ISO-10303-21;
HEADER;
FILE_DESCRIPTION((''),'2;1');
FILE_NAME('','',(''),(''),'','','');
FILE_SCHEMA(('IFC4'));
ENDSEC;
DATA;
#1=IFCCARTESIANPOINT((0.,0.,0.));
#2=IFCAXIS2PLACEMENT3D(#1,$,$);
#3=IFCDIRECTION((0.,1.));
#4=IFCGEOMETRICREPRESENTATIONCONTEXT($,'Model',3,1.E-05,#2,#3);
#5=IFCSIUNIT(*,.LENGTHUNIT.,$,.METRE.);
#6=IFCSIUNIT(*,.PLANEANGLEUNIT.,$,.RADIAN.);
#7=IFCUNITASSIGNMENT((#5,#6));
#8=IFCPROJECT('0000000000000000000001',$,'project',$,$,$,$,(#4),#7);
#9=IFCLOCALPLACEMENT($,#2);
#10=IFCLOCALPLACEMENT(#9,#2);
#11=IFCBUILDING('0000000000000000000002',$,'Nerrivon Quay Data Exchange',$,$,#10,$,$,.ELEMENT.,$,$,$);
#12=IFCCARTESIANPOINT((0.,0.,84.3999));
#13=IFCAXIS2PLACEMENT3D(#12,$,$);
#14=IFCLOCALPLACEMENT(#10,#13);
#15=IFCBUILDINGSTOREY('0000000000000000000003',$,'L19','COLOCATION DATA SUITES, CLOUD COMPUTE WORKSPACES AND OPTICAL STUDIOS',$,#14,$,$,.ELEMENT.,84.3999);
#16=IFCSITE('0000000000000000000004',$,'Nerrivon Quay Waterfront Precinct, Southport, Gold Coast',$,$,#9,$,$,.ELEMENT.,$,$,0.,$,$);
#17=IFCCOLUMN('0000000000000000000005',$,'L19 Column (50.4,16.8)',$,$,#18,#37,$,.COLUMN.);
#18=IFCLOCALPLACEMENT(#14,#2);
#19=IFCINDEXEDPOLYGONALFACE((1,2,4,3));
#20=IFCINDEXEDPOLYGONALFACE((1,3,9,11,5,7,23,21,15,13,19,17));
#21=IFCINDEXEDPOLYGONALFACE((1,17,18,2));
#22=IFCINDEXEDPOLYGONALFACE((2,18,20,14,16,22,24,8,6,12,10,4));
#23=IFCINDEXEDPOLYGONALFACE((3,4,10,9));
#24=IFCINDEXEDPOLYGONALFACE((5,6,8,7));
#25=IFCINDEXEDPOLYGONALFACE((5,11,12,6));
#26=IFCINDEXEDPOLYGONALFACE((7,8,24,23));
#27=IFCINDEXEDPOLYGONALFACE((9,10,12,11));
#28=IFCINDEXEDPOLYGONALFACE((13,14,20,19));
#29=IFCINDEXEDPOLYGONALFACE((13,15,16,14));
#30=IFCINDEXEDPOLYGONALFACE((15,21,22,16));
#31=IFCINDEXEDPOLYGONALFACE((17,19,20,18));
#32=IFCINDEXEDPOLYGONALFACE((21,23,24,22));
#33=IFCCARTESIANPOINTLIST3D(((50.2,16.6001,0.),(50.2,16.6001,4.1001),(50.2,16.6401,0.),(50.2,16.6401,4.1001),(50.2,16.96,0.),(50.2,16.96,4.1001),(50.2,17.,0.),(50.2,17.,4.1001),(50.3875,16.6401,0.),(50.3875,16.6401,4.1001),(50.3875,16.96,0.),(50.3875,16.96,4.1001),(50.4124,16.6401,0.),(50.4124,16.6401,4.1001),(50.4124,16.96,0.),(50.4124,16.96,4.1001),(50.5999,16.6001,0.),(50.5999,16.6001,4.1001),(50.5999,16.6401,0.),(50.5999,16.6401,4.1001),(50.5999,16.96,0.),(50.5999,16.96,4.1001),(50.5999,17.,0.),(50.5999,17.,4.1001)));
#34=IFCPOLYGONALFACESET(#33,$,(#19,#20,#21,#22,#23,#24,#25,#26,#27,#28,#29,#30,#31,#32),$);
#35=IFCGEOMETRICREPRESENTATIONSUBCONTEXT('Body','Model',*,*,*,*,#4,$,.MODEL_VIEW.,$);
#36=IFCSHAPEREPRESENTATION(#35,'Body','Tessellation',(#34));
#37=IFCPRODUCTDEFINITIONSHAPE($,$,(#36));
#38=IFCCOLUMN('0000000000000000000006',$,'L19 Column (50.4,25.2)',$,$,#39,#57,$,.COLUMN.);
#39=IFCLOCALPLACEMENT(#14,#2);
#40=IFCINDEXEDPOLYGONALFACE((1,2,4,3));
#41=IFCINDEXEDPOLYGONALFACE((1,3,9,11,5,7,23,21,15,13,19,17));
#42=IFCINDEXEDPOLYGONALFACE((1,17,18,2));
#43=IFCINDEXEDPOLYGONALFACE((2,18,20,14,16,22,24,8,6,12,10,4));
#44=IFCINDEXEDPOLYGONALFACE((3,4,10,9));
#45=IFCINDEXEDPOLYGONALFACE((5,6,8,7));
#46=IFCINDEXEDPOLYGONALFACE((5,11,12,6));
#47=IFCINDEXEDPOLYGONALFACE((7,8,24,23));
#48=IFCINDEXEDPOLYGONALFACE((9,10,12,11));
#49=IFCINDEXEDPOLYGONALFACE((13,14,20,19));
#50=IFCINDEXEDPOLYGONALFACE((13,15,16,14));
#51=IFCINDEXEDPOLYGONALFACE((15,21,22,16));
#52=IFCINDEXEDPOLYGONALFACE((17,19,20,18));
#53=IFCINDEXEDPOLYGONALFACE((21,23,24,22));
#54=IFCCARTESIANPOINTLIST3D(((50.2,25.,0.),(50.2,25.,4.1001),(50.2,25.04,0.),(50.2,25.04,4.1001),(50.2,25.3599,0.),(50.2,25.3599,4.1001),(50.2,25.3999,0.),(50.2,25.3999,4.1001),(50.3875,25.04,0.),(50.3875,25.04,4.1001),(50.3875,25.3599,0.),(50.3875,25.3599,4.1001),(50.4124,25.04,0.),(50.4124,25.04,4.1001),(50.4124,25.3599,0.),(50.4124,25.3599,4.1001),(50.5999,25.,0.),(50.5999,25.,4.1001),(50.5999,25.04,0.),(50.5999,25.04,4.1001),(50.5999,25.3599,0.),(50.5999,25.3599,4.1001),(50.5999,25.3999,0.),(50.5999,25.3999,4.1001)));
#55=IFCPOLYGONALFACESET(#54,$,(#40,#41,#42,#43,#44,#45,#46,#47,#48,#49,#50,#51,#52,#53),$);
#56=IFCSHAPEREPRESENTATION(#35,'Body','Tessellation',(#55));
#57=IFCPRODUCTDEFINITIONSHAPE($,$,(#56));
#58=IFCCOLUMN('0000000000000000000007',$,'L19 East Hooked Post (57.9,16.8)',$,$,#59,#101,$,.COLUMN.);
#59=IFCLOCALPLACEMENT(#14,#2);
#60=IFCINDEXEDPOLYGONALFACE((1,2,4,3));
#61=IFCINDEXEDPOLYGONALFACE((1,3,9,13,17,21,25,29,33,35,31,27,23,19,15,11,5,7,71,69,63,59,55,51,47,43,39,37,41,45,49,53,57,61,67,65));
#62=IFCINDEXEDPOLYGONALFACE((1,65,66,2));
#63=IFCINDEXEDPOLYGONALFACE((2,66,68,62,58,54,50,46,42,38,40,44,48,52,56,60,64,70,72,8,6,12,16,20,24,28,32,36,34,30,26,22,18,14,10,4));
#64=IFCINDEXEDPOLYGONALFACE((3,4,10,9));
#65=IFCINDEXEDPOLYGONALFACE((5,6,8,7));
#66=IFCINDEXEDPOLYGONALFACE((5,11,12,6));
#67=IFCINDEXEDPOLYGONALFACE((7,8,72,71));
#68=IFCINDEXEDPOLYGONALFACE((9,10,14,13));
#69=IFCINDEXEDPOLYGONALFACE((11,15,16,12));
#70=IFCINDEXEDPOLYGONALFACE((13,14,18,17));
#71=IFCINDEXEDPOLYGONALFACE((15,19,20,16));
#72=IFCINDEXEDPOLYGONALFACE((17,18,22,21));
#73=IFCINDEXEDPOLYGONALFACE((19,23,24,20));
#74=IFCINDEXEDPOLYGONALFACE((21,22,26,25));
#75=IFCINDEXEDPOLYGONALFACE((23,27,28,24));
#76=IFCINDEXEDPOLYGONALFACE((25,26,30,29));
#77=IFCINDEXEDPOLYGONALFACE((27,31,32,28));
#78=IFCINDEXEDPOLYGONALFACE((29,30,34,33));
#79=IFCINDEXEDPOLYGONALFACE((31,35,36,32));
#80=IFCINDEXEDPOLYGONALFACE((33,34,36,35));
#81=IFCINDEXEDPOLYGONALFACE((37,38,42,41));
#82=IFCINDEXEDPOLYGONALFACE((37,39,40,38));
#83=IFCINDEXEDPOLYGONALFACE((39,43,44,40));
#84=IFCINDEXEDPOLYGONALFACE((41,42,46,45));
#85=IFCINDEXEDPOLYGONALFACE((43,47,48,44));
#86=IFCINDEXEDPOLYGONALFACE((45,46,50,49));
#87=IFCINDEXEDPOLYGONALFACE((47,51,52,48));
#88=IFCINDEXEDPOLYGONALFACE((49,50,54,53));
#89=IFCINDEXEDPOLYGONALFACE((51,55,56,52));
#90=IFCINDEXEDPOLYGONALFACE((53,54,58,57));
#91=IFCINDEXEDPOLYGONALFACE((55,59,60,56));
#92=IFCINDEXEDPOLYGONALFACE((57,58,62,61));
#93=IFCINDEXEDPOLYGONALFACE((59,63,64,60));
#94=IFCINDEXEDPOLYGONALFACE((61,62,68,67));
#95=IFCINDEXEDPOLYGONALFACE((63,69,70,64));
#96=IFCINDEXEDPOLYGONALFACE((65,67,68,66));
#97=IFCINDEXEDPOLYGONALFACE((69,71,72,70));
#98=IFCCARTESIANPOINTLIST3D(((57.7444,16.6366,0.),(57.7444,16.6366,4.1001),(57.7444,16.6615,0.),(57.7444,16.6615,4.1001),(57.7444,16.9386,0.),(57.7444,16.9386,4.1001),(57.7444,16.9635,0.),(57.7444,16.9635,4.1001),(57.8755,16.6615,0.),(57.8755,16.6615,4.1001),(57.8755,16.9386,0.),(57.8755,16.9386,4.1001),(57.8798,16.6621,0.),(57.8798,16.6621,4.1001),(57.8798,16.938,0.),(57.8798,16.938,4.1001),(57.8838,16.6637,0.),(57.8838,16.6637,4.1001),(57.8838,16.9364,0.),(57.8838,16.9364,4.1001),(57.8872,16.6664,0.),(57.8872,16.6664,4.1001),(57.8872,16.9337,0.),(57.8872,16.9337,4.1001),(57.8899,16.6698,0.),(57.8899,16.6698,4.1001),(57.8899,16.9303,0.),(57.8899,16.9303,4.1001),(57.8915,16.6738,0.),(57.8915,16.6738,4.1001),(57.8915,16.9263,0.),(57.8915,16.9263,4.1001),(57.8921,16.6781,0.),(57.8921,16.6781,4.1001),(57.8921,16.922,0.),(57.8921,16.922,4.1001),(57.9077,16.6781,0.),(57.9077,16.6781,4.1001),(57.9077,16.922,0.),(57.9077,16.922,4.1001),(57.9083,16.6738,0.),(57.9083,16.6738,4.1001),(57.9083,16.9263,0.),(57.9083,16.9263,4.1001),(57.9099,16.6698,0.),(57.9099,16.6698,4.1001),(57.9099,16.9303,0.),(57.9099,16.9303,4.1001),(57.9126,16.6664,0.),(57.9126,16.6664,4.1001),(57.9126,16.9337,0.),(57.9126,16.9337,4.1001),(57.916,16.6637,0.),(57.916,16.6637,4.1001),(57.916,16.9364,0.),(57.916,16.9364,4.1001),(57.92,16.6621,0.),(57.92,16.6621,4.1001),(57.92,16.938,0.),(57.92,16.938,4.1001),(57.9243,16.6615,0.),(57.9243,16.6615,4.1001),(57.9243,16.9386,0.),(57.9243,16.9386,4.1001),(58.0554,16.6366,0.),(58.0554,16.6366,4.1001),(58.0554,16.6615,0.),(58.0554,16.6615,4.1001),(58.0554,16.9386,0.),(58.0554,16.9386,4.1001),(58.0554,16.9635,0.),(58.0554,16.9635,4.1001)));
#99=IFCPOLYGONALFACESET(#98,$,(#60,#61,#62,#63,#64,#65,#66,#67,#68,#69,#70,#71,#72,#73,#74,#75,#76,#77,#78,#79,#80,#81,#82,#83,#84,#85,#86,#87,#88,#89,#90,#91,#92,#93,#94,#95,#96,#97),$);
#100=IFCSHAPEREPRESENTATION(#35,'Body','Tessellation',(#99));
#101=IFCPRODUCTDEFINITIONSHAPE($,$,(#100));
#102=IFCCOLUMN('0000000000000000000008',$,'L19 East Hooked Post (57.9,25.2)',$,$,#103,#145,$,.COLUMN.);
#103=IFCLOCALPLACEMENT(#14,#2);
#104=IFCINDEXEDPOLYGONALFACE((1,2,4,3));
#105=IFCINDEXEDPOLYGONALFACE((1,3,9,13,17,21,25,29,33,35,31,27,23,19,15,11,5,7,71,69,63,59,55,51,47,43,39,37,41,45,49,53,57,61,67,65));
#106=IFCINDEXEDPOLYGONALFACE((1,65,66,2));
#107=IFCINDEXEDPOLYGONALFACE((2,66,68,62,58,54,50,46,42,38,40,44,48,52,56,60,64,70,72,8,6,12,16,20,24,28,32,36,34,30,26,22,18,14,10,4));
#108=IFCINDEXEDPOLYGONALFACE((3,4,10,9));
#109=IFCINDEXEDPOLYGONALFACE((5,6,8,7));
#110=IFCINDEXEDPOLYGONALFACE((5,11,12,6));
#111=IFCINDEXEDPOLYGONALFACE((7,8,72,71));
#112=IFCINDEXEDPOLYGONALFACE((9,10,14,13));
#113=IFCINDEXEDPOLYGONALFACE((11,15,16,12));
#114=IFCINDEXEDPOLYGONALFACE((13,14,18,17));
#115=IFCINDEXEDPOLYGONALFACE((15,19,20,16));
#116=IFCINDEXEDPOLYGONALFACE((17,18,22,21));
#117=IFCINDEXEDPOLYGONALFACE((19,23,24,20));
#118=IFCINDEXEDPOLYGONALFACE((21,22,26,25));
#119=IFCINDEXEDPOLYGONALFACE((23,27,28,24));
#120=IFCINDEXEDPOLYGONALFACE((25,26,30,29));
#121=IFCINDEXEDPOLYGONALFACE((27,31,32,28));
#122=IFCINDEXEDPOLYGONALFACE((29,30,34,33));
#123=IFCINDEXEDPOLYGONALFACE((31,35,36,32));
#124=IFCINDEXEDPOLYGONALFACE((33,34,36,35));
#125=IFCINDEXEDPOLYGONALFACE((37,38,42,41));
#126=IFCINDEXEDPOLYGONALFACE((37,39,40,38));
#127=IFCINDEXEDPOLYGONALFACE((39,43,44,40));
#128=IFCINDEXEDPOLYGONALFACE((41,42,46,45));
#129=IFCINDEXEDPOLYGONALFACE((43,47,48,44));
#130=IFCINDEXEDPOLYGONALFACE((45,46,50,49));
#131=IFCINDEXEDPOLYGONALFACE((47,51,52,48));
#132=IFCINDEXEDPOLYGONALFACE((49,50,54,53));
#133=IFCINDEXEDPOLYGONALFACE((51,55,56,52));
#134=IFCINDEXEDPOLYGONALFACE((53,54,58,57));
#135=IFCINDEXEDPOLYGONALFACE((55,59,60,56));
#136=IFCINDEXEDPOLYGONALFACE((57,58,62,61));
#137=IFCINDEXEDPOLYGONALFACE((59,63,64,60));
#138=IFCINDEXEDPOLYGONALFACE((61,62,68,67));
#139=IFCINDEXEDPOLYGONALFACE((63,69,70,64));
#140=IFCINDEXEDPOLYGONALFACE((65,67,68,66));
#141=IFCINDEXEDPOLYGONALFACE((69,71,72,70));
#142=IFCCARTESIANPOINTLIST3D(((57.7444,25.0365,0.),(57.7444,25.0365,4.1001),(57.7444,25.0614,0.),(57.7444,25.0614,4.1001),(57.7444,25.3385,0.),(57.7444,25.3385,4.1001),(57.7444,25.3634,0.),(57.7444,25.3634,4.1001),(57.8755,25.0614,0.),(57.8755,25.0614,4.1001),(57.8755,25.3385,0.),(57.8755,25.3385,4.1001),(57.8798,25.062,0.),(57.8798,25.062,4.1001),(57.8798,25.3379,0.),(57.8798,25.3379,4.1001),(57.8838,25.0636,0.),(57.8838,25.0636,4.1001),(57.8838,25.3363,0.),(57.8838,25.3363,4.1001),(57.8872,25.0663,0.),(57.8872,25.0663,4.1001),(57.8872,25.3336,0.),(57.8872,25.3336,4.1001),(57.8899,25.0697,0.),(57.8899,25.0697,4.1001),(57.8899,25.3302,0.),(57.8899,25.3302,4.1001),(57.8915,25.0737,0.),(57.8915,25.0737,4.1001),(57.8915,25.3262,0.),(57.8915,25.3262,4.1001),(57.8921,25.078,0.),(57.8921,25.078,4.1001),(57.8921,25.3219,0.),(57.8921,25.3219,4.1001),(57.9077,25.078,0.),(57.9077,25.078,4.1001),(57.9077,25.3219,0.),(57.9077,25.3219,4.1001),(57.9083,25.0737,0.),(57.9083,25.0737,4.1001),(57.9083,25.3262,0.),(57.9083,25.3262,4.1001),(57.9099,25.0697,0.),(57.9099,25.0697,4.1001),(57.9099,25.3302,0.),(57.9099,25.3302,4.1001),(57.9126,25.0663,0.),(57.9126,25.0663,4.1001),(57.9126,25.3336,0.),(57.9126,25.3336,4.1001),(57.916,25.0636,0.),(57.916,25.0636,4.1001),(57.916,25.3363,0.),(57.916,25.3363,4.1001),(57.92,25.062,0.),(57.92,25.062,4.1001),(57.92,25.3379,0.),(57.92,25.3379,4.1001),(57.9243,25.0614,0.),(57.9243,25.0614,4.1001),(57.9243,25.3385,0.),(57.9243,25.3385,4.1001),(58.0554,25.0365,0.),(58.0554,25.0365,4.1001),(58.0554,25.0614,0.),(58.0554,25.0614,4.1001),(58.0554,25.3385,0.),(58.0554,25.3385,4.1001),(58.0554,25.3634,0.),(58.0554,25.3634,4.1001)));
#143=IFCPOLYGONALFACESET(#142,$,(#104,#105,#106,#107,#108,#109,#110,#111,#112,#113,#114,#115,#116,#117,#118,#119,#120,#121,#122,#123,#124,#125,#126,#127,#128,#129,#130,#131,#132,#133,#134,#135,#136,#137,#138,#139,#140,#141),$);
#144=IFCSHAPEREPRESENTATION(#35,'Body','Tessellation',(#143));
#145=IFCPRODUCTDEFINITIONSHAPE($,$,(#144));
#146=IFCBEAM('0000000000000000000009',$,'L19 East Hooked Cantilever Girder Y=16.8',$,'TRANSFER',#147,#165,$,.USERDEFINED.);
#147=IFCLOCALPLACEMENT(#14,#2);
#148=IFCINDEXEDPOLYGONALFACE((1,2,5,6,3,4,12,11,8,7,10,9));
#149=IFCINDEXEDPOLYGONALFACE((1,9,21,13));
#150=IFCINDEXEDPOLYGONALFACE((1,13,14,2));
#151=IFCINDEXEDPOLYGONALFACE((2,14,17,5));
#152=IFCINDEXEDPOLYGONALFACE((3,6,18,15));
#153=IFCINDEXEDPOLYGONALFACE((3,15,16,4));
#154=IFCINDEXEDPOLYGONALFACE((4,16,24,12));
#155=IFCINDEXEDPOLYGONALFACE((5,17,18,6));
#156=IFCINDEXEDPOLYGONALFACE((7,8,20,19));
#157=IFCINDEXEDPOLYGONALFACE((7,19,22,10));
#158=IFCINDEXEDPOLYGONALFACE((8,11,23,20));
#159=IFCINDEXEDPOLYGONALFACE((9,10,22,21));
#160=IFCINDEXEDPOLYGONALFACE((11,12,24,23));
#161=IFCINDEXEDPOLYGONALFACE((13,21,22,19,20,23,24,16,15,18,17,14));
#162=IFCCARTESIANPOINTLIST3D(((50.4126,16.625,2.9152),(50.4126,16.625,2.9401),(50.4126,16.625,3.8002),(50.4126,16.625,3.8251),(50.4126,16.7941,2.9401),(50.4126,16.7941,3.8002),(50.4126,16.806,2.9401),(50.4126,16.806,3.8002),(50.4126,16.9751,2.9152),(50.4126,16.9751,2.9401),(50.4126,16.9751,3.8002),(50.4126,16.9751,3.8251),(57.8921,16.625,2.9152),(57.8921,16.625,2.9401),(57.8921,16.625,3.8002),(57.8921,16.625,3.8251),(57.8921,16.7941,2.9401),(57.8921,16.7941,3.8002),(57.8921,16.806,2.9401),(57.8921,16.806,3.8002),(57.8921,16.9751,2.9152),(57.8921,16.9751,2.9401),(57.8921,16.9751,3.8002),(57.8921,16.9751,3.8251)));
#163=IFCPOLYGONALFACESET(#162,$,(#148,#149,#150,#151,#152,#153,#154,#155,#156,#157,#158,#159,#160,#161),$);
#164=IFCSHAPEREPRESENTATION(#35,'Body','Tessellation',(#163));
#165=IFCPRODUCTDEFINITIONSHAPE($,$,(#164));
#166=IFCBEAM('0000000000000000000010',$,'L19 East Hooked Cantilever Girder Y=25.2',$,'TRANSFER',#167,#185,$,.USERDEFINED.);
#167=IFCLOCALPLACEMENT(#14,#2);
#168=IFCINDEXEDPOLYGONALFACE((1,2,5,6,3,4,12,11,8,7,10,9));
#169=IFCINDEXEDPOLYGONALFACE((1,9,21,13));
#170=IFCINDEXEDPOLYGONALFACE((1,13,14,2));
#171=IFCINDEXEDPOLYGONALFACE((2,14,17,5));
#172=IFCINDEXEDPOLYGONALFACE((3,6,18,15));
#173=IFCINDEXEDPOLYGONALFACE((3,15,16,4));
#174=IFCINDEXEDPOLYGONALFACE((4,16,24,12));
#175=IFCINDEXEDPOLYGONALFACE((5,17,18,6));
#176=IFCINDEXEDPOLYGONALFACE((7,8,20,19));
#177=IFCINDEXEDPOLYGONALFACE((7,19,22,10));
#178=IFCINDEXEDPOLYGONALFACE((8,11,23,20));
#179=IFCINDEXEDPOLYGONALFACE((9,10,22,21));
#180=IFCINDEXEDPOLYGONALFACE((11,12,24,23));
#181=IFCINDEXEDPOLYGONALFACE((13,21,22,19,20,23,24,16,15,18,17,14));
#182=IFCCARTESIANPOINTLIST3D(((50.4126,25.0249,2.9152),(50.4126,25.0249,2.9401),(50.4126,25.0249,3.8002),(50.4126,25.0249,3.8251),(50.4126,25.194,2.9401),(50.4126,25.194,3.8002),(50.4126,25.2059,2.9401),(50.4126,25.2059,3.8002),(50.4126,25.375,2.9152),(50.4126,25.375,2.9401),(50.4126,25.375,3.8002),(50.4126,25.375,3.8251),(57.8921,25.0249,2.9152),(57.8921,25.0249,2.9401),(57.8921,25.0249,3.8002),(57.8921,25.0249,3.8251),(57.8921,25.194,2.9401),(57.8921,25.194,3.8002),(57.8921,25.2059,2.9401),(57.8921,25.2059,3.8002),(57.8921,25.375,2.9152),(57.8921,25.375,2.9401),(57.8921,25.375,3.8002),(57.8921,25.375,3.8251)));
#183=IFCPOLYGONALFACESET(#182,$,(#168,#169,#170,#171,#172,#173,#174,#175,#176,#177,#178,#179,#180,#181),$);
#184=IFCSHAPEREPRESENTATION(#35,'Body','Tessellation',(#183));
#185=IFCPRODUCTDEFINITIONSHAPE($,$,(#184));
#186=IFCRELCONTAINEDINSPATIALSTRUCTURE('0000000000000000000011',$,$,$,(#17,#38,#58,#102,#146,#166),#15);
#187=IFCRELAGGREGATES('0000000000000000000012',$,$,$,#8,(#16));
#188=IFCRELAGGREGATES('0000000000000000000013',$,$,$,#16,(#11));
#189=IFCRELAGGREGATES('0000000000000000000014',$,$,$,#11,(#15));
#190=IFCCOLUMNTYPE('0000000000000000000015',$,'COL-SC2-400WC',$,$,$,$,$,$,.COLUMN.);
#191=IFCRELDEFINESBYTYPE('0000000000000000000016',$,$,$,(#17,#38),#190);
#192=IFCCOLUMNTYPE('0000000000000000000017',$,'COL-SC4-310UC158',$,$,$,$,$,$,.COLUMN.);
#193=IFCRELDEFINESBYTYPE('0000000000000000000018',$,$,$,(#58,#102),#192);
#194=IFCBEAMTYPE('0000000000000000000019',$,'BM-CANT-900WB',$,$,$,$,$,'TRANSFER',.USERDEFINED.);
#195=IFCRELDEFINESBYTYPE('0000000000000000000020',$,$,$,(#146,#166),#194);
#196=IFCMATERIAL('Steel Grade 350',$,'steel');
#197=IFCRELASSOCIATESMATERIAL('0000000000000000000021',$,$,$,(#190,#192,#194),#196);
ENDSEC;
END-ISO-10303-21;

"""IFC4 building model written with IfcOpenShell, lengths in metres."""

from ifc_helpers import new_model, si_unit, direction, frame, origin, origin_2d, place, context, subcontext, project, spatial, i_section, extrude, material, material_profile, profile_set, type_object, element, save


model = new_model("IFC4")

# Units and contexts
model_context = context("Model", 3, precision=1e-05, world=origin(), true_north=direction((0.0, 1.0)))
body_context = subcontext(model_context, "Body", "Model", "MODEL_VIEW")
ifc_project = project(units=[si_unit("LENGTHUNIT", "METRE"), si_unit("PLANEANGLEUNIT", "RADIAN")], contexts=[model_context])

# Site, building, storey
site_placement = place(None, origin())
site = spatial("IfcSite", under=ifc_project, at=site_placement, Name="Nerrivon Quay Waterfront Precinct, Southport, Gold Coast", CompositionType="ELEMENT", RefElevation=0.0)
building_placement = place(site_placement, origin())
building = spatial("IfcBuilding", under=site, at=building_placement, Name="Nerrivon Quay Data Exchange", CompositionType="ELEMENT")
storey_placement = place(building_placement, frame((0.0, 0.0, 84.3999)))
storey = spatial("IfcBuildingStorey", under=building, at=storey_placement, Name="L19", Description="COLOCATION DATA SUITES, CLOUD COMPUTE WORKSPACES AND OPTICAL STUDIOS", CompositionType="ELEMENT", Elevation=84.3999)

# Columns
ifc_material_1 = material(Name="Steel Grade 350", Category="steel")
ifc_material_profile_1 = material_profile(ifc_material_1, i_section(OverallWidth=0.3999, OverallDepth=0.3999, WebThickness=0.0249, FlangeThickness=0.04, at=origin_2d()), Name="400WC328")
ifc_profile_set_1 = profile_set([ifc_material_profile_1], Name="Steel Grade 350")
column_type_1 = type_object("IfcColumnType", Name="COL-SC2-400WC", PredefinedType="COLUMN", material=ifc_profile_set_1)
for number, where, z_axis, x_axis, name in (
    (1, (50.3999, 16.8, 0.0), (0.0, 0.0, 1.0), (1.0, 0.0, 0.0), "L19 Column (50.4,16.8)"),
    (2, (50.3999, 25.2, 0.0), (0.0, 0.0, 1.0), (1.0, 0.0, 0.0), "L19 Column (50.4,25.2)"),
):
    element("IfcColumn", number, at=place(storey_placement, frame(where, z_axis=z_axis, x_axis=x_axis)), inside=storey, type_object=column_type_1, Name=name, PredefinedType="COLUMN", context=body_context, shape_type="SweptSolid", body=[
        extrude(i_section(OverallWidth=0.3999, OverallDepth=0.3999, WebThickness=0.0249, FlangeThickness=0.04, at=origin_2d()), origin(), (0.0, 0.0, 1.0), 4.1001),
    ])
ifc_material_profile_2 = material_profile(ifc_material_1, i_section(OverallWidth=0.311, OverallDepth=0.3269, WebThickness=0.0156, FlangeThickness=0.0249, FilletRadius=0.0166, at=origin_2d()), Name="310UC158")
ifc_profile_set_2 = profile_set([ifc_material_profile_2], Name="Steel Grade 350")
column_type_2 = type_object("IfcColumnType", Name="COL-SC4-310UC158", PredefinedType="COLUMN", material=ifc_profile_set_2)
for number, where, z_axis, x_axis, name in (
    (3, (57.8999, 16.8, 0.0), (0.0, 0.0, 1.0), (1.0, 0.0, 0.0), "L19 East Hooked Post (57.9,16.8)"),
    (4, (57.8999, 25.2, 0.0), (0.0, 0.0, 1.0), (1.0, 0.0, 0.0), "L19 East Hooked Post (57.9,25.2)"),
):
    element("IfcColumn", number, at=place(storey_placement, frame(where, z_axis=z_axis, x_axis=x_axis)), inside=storey, type_object=column_type_2, Name=name, PredefinedType="COLUMN", context=body_context, shape_type="SweptSolid", body=[
        extrude(i_section(OverallWidth=0.311, OverallDepth=0.3269, WebThickness=0.0156, FlangeThickness=0.0249, FilletRadius=0.0166, at=origin_2d()), origin(), (0.0, 0.0, 1.0), 4.1001),
    ])

# Beams
ifc_material_profile_3 = material_profile(ifc_material_1, i_section(OverallWidth=0.3501, OverallDepth=0.9099, WebThickness=0.012, FlangeThickness=0.0249, at=origin_2d()), Name="900WB218")
ifc_profile_set_3 = profile_set([ifc_material_profile_3], Name="Steel Grade 350")
beam_type_1 = type_object("IfcBeamType", Name="BM-CANT-900WB", ElementType="TRANSFER", PredefinedType="USERDEFINED", material=ifc_profile_set_3)
for number, where, z_axis, x_axis, name in (
    (5, (50.4126, 16.8, 3.3701), (1.0, 0.0, 0.0), (0.0, 1.0, 0.0), "L19 East Hooked Cantilever Girder Y=16.8"),
    (6, (50.4126, 25.2, 3.3701), (1.0, 0.0, 0.0), (0.0, 1.0, 0.0), "L19 East Hooked Cantilever Girder Y=25.2"),
):
    element("IfcBeam", number, at=place(storey_placement, frame(where, z_axis=z_axis, x_axis=x_axis)), inside=storey, type_object=beam_type_1, Name=name, ObjectType="TRANSFER", PredefinedType="USERDEFINED", context=body_context, shape_type="SweptSolid", body=[
        extrude(i_section(OverallWidth=0.3501, OverallDepth=0.9099, WebThickness=0.012, FlangeThickness=0.0249, at=origin_2d()), origin(), (0.0, 0.0, 1.0), 7.4795),
    ])

save(model, "model.ifc")
